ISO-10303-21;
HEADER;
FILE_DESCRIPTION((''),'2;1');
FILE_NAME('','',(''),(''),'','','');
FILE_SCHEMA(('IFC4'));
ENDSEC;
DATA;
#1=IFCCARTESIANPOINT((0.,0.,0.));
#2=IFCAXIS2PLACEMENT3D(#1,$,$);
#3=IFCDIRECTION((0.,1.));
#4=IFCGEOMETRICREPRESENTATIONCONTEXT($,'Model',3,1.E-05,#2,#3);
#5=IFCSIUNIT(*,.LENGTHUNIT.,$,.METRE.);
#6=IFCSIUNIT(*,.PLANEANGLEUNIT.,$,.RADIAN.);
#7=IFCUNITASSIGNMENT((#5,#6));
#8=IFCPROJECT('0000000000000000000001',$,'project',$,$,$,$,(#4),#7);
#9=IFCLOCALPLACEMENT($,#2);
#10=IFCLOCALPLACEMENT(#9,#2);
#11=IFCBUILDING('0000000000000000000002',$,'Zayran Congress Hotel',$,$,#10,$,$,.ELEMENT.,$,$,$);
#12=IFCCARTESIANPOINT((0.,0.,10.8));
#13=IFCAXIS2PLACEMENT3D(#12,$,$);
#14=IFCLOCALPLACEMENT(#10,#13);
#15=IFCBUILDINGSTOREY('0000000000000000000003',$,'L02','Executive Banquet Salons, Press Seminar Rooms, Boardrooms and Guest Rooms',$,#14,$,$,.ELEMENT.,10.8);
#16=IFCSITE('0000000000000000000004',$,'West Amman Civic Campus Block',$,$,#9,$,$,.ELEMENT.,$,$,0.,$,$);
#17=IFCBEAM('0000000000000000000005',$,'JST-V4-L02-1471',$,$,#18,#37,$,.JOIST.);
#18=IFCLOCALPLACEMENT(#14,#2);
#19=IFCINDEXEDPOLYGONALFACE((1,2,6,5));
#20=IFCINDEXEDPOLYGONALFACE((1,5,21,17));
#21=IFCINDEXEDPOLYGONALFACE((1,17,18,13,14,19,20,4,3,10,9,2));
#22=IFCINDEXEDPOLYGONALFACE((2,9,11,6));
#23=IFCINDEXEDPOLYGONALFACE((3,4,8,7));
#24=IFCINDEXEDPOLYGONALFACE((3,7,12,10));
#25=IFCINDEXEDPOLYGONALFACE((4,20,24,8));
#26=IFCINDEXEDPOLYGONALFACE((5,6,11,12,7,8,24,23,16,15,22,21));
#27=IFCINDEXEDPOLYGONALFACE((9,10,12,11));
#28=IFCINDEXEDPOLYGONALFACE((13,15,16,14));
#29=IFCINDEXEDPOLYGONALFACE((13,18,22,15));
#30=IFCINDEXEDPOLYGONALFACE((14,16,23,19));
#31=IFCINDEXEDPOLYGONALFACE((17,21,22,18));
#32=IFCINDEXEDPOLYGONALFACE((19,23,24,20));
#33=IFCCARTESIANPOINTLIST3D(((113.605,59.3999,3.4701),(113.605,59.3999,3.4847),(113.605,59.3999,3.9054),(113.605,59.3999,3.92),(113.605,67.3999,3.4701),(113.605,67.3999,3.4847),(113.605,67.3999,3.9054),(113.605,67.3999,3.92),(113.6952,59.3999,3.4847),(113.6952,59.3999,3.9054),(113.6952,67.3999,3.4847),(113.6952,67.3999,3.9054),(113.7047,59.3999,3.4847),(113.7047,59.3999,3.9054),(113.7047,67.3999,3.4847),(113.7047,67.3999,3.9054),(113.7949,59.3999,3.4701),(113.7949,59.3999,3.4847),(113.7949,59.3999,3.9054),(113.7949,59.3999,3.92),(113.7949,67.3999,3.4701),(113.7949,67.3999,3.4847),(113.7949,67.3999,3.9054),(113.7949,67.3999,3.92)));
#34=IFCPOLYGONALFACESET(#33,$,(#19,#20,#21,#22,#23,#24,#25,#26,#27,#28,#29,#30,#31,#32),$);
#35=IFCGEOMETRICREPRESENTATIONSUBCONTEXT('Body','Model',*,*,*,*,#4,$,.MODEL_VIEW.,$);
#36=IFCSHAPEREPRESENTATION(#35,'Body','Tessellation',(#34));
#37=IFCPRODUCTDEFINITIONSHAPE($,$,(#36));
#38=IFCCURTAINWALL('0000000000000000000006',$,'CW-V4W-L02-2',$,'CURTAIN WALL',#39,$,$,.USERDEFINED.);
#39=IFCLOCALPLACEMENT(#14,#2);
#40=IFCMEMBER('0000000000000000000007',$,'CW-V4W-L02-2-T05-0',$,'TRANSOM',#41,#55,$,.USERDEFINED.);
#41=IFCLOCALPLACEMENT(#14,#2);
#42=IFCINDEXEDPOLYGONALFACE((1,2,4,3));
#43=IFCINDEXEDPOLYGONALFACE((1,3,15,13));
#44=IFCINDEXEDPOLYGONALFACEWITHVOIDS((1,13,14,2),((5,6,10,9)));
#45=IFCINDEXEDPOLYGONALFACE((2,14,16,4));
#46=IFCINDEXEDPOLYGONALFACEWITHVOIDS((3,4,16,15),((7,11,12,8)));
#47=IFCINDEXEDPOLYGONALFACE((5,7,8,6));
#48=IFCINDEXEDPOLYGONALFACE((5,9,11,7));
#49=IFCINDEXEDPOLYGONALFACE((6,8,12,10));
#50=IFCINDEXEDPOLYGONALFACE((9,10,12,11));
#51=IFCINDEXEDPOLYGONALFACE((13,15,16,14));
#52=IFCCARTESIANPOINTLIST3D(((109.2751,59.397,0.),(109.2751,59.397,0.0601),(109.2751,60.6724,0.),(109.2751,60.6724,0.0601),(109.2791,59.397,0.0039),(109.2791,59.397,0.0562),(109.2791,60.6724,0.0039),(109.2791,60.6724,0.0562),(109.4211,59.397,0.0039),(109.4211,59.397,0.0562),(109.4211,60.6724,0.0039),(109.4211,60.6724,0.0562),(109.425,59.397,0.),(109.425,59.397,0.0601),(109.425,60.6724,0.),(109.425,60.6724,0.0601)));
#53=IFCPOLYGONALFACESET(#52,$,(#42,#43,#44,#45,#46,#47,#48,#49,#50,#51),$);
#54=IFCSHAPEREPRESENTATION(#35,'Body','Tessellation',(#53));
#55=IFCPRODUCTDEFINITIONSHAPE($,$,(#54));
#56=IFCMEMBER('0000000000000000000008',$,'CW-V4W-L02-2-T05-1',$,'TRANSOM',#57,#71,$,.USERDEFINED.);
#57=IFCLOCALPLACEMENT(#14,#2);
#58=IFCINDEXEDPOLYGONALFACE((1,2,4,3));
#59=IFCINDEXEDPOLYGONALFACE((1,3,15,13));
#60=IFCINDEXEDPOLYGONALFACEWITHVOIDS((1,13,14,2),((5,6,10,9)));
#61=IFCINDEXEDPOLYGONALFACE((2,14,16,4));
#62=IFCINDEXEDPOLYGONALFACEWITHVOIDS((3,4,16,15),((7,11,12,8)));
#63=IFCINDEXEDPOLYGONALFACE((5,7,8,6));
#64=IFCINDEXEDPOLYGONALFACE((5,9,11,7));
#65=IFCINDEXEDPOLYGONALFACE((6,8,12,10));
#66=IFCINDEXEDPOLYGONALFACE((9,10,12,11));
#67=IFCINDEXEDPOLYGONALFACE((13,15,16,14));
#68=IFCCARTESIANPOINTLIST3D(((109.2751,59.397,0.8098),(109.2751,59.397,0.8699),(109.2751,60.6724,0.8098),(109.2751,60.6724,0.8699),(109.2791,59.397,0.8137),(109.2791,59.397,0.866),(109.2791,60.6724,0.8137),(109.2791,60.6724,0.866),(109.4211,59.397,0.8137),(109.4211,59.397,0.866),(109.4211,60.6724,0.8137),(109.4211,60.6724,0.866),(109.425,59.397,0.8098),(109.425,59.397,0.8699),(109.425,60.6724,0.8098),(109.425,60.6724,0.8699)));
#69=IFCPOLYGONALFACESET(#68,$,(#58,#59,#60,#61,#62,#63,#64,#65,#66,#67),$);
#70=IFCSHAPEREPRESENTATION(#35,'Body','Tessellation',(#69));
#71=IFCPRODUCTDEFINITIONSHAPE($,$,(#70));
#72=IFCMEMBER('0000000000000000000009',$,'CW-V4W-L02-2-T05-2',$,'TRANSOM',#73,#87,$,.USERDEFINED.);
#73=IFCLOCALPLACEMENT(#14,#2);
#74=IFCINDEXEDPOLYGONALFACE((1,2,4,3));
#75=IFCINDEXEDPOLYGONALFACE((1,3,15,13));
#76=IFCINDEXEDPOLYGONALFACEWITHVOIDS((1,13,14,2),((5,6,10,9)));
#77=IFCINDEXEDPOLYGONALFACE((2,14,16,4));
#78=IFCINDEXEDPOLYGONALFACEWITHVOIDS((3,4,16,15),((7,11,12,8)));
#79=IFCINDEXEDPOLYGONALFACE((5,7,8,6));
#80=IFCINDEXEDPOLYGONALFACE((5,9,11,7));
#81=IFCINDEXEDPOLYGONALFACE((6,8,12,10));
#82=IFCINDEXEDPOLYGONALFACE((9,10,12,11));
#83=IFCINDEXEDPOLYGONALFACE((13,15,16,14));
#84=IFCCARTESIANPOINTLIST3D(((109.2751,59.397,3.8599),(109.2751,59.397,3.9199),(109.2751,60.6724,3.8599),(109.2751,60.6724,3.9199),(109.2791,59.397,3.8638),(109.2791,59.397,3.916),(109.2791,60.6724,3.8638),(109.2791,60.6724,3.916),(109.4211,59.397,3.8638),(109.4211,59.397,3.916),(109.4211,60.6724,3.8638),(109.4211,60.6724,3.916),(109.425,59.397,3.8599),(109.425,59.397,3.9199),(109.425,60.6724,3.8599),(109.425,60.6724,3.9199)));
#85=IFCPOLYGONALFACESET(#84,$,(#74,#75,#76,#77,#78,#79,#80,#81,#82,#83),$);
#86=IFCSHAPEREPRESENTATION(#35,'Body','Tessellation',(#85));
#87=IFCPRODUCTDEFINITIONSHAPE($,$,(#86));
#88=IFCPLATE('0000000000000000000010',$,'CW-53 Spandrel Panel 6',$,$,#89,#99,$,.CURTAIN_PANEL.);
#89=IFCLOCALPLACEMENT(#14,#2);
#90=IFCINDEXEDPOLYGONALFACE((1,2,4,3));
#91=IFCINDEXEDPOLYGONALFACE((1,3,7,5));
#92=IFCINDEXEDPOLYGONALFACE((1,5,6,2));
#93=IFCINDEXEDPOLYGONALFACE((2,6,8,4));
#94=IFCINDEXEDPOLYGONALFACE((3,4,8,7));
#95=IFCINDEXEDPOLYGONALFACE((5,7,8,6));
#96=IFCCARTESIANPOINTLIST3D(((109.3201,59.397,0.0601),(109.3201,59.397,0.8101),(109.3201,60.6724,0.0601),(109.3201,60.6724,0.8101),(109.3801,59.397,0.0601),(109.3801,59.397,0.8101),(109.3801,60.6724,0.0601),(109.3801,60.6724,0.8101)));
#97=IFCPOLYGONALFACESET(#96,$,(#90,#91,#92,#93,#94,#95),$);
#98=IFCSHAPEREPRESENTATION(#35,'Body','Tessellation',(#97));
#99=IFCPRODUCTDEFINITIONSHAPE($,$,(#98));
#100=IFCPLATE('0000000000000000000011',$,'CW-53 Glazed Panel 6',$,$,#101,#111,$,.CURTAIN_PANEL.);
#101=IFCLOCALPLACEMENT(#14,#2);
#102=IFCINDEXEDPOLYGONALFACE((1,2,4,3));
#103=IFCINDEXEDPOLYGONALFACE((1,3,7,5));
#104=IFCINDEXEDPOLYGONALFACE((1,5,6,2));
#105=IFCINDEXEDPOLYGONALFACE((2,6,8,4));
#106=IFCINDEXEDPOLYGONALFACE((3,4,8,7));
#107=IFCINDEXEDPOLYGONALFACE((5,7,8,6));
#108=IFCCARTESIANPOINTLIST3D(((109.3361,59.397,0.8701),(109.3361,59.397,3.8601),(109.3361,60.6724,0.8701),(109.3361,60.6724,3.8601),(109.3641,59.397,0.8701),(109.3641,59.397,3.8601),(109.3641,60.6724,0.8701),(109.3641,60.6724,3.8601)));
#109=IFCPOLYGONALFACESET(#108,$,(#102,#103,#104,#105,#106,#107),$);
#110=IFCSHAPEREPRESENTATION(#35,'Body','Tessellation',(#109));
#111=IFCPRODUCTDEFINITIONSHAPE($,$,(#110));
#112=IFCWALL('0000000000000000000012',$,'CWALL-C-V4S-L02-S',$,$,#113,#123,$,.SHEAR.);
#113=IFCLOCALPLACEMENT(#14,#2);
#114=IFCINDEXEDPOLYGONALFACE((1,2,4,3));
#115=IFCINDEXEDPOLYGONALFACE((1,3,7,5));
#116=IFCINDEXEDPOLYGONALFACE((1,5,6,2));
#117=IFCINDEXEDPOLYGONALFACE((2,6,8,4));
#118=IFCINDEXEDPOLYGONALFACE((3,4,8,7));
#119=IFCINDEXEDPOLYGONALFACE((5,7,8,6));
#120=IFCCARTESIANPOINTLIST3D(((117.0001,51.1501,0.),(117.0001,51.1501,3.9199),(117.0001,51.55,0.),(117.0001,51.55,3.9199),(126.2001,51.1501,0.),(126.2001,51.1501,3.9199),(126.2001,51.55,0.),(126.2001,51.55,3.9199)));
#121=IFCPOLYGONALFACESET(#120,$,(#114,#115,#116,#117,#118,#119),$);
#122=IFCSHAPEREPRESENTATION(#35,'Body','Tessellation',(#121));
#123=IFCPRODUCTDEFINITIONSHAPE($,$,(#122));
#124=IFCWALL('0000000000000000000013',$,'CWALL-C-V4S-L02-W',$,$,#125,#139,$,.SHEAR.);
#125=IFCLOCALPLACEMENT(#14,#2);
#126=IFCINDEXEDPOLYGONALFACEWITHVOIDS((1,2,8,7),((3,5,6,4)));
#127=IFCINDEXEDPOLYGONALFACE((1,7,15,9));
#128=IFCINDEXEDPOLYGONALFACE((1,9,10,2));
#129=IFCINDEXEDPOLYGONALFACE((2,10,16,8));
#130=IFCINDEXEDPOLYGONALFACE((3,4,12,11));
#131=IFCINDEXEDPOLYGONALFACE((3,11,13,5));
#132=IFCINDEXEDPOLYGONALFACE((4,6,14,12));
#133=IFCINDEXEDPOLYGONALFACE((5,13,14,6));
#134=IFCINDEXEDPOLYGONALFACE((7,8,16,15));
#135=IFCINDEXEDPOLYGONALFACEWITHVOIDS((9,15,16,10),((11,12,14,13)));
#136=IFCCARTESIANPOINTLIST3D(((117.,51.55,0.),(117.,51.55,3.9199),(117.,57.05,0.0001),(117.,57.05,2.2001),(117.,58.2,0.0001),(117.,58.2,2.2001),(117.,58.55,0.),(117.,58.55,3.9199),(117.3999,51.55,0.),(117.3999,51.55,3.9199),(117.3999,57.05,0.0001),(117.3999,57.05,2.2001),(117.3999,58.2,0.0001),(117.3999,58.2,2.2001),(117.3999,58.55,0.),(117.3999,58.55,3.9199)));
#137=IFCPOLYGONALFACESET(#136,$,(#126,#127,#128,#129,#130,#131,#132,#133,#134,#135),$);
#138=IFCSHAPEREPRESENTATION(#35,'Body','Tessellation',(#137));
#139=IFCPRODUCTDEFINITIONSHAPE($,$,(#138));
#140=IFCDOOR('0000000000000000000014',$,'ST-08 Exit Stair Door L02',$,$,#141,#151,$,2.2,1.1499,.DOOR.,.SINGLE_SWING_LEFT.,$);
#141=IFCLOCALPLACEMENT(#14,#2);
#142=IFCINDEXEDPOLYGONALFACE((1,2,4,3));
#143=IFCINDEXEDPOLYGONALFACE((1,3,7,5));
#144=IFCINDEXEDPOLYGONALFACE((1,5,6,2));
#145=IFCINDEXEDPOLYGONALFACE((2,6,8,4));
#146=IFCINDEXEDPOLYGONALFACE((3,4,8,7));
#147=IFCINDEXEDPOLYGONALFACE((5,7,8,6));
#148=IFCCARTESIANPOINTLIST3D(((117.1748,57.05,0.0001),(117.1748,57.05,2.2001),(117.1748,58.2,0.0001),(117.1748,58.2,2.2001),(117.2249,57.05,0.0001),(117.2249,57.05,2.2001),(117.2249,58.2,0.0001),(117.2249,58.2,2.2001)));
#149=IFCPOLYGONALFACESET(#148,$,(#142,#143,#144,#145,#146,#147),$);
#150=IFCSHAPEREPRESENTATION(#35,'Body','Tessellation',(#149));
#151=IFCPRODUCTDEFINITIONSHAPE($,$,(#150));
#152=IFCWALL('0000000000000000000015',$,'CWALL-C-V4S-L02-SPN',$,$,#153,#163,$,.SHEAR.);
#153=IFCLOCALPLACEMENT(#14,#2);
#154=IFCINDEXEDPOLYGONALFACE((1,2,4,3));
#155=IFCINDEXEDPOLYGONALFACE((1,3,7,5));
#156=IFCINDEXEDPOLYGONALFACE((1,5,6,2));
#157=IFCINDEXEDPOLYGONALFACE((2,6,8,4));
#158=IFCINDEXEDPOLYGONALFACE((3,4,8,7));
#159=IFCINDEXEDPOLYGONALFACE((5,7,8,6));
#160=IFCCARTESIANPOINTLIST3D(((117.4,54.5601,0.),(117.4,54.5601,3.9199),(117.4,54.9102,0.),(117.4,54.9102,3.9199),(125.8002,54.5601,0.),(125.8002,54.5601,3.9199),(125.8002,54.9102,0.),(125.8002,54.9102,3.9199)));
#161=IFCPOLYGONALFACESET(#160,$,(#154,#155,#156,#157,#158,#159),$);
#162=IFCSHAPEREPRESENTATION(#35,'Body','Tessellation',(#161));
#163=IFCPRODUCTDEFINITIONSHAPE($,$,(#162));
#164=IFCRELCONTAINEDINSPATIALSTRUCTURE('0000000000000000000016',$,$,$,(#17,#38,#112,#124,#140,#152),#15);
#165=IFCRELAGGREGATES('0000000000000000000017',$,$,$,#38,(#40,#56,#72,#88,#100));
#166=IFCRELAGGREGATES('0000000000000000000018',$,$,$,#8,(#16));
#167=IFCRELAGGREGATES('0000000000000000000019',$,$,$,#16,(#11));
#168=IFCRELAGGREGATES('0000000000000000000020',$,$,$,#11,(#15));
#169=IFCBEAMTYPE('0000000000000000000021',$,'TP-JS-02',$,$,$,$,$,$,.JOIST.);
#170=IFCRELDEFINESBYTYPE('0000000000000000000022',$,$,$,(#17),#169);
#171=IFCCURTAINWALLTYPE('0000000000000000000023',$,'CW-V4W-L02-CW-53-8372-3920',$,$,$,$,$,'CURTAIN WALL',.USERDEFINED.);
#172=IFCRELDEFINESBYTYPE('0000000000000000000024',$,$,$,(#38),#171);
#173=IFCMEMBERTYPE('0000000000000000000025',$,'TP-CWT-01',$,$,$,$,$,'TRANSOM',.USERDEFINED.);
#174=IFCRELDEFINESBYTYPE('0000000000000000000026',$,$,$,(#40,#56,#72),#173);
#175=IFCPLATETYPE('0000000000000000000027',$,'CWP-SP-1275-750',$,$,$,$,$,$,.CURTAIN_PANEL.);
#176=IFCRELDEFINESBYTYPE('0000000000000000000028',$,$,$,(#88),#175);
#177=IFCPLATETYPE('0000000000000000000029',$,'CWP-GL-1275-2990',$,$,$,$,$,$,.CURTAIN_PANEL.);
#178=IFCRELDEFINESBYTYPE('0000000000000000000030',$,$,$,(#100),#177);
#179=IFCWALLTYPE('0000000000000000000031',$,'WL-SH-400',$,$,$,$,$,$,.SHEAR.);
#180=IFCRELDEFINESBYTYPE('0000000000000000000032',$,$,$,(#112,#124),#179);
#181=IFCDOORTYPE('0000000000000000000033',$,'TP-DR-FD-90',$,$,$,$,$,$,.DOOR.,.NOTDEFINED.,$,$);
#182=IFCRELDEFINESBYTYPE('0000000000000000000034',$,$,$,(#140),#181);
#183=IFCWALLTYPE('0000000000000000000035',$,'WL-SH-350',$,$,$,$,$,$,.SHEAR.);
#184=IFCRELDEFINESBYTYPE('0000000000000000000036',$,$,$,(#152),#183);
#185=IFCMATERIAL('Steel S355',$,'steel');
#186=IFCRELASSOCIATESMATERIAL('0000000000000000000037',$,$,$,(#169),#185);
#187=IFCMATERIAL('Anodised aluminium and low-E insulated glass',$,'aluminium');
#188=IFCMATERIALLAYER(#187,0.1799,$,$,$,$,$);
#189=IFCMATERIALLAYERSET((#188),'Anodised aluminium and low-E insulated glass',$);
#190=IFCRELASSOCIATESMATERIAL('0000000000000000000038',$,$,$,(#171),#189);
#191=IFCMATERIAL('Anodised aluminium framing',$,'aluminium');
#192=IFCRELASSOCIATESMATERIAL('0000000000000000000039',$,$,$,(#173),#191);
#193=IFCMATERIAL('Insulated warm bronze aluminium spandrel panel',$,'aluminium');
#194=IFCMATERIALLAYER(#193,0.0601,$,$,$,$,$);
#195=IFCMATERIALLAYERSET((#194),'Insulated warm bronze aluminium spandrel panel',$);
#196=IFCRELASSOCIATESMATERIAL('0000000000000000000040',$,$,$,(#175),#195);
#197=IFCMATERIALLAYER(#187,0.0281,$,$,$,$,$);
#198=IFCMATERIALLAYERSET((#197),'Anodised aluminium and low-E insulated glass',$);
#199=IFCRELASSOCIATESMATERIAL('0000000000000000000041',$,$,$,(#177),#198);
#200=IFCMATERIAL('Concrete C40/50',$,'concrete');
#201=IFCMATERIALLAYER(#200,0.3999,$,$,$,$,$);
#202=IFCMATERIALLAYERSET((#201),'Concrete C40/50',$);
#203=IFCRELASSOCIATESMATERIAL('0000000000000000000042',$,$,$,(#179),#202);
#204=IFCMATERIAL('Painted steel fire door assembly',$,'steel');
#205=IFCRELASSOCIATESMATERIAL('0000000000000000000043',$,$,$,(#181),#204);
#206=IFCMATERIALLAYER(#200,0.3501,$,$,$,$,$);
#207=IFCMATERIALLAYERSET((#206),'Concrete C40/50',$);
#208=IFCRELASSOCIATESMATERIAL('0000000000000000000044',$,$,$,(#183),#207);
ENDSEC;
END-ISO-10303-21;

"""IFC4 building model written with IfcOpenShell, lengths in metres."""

from ifc_helpers import new_model, si_unit, direction, frame, frame_2d, origin, origin_2d, place, context, subcontext, project, spatial, rectangle, hollow_rectangle, i_section, extrude, material, layer, layer_set, material_profile, profile_set, type_object, element, fill, aggregate, save


model = new_model("IFC4")

# Units and contexts
model_context = context("Model", 3, precision=1e-05, world=origin(), true_north=direction((0.0, 1.0)))
body_context = subcontext(model_context, "Body", "Model", "MODEL_VIEW")
ifc_project = project(units=[si_unit("LENGTHUNIT", "METRE"), si_unit("PLANEANGLEUNIT", "RADIAN")], contexts=[model_context])

# Site, building, storey
site_placement = place(None, origin())
site = spatial("IfcSite", under=ifc_project, at=site_placement, Name="West Amman Civic Campus Block", CompositionType="ELEMENT", RefElevation=0.0)
building_placement = place(site_placement, origin())
building = spatial("IfcBuilding", under=site, at=building_placement, Name="Zayran Congress Hotel", CompositionType="ELEMENT")
storey_placement = place(building_placement, frame((0.0, 0.0, 10.8)))
storey = spatial("IfcBuildingStorey", under=building, at=storey_placement, Name="L02", Description="Executive Banquet Salons, Press Seminar Rooms, Boardrooms and Guest Rooms", CompositionType="ELEMENT", Elevation=10.8)

# Shared definitions
ifc_material_1 = material(Name="Concrete C40/50", Category="concrete")

# Beam
ifc_material_2 = material(Name="Steel S355", Category="steel")
ifc_material_profile_1 = material_profile(ifc_material_2, i_section(OverallWidth=0.1899, OverallDepth=0.45, WebThickness=0.0095, FlangeThickness=0.0146, at=origin_2d()), Name="IPE 450")
ifc_profile_set_1 = profile_set([ifc_material_profile_1], Name="Steel S355")
beam_type_1 = type_object("IfcBeamType", Name="TP-JS-02", PredefinedType="JOIST", material=ifc_profile_set_1)
for number, where, z_axis, x_axis, name in (
    (1, (113.7, 59.3999, 3.6951), (0.0, 1.0, 0.0), (-1.0, 0.0, 0.0), "JST-V4-L02-1471"),
):
    element("IfcBeam", number, at=place(storey_placement, frame(where, z_axis=z_axis, x_axis=x_axis)), inside=storey, type_object=beam_type_1, Name=name, PredefinedType="JOIST", context=body_context, shape_type="SweptSolid", body=[
        extrude(i_section(OverallWidth=0.1899, OverallDepth=0.45, WebThickness=0.0095, FlangeThickness=0.0146, at=origin_2d()), origin(), (0.0, 0.0, 1.0), 8.0),
    ])

# Curtain wall, members, plates
ifc_material_3 = material(Name="Anodised aluminium and low-E insulated glass", Category="aluminium")
ifc_layer_1 = layer(ifc_material_3, 0.1799)
ifc_layer_set_1 = layer_set([ifc_layer_1], Name="Anodised aluminium and low-E insulated glass")
curtain_wall_type = type_object("IfcCurtainWallType", Name="CW-V4W-L02-CW-53-8372-3920", ElementType="CURTAIN WALL", PredefinedType="USERDEFINED", material=ifc_layer_set_1)
curtain_wall_placement = place(storey_placement, origin())
curtain_wall = element("IfcCurtainWall", 2, at=curtain_wall_placement, inside=storey, type_object=curtain_wall_type, Name="CW-V4W-L02-2", ObjectType="CURTAIN WALL", PredefinedType="USERDEFINED")
ifc_material_4 = material(Name="Anodised aluminium framing", Category="aluminium")
ifc_material_profile_2 = material_profile(ifc_material_4, hollow_rectangle(XDim=0.0601, YDim=0.1499, WallThickness=0.0039, at=origin_2d()), Name="RHS 150x60x4")
ifc_profile_set_2 = profile_set([ifc_material_profile_2], Name="Anodised aluminium framing")
member_type = type_object("IfcMemberType", Name="TP-CWT-01", ElementType="TRANSOM", PredefinedType="USERDEFINED", material=ifc_profile_set_2)
member_1_placement = place(storey_placement, frame((109.3501, 60.6724, 0.03), z_axis=(0.0, -1.0, 0.0), x_axis=(0.0, 0.0, 1.0)))
member_1 = element("IfcMember", 3, at=member_1_placement, type_object=member_type, Name="CW-V4W-L02-2-T05-0", ObjectType="TRANSOM", PredefinedType="USERDEFINED", context=body_context, shape_type="SweptSolid", body=[
    extrude(hollow_rectangle(XDim=0.0601, YDim=0.1499, WallThickness=0.0039, at=origin_2d()), origin(), (0.0, 0.0, 1.0), 1.2754),
])
member_2_placement = place(storey_placement, frame((109.3501, 60.6724, 0.8398), z_axis=(0.0, -1.0, 0.0), x_axis=(0.0, 0.0, 1.0)))
member_2 = element("IfcMember", 4, at=member_2_placement, type_object=member_type, Name="CW-V4W-L02-2-T05-1", ObjectType="TRANSOM", PredefinedType="USERDEFINED", context=body_context, shape_type="SweptSolid", body=[
    extrude(hollow_rectangle(XDim=0.0601, YDim=0.1499, WallThickness=0.0039, at=origin_2d()), origin(), (0.0, 0.0, 1.0), 1.2754),
])
member_3_placement = place(storey_placement, frame((109.3501, 60.6724, 3.8899), z_axis=(0.0, -1.0, 0.0), x_axis=(0.0, 0.0, 1.0)))
member_3 = element("IfcMember", 5, at=member_3_placement, type_object=member_type, Name="CW-V4W-L02-2-T05-2", ObjectType="TRANSOM", PredefinedType="USERDEFINED", context=body_context, shape_type="SweptSolid", body=[
    extrude(hollow_rectangle(XDim=0.0601, YDim=0.1499, WallThickness=0.0039, at=origin_2d()), origin(), (0.0, 0.0, 1.0), 1.2754),
])
ifc_material_5 = material(Name="Insulated warm bronze aluminium spandrel panel", Category="aluminium")
ifc_layer_2 = layer(ifc_material_5, 0.0601)
ifc_layer_set_2 = layer_set([ifc_layer_2], Name="Insulated warm bronze aluminium spandrel panel")
plate_type_1 = type_object("IfcPlateType", Name="CWP-SP-1275-750", PredefinedType="CURTAIN_PANEL", material=ifc_layer_set_2)
plate_1_placement = place(storey_placement, frame((109.3501, 60.0347, 0.0601), z_axis=(0.0, 0.0, 1.0), x_axis=(0.0, 1.0, 0.0)))
plate_1 = element("IfcPlate", 6, at=plate_1_placement, type_object=plate_type_1, Name="CW-53 Spandrel Panel 6", PredefinedType="CURTAIN_PANEL", context=body_context, shape_type="SweptSolid", body=[
    extrude(rectangle(XDim=1.2754, YDim=0.0601, at=origin_2d()), origin(), (0.0, 0.0, 1.0), 0.75),
])
ifc_layer_3 = layer(ifc_material_3, 0.0281)
ifc_layer_set_3 = layer_set([ifc_layer_3], Name="Anodised aluminium and low-E insulated glass")
plate_type_2 = type_object("IfcPlateType", Name="CWP-GL-1275-2990", PredefinedType="CURTAIN_PANEL", material=ifc_layer_set_3)
plate_2_placement = place(storey_placement, frame((109.3501, 60.0347, 0.8701), z_axis=(0.0, 0.0, 1.0), x_axis=(0.0, 1.0, 0.0)))
plate_2 = element("IfcPlate", 7, at=plate_2_placement, type_object=plate_type_2, Name="CW-53 Glazed Panel 6", PredefinedType="CURTAIN_PANEL", context=body_context, shape_type="SweptSolid", body=[
    extrude(rectangle(XDim=1.2754, YDim=0.0281, at=origin_2d()), origin(), (0.0, 0.0, 1.0), 2.99),
])
aggregate(curtain_wall, [member_1, member_2, member_3, plate_1, plate_2])

# Wall
ifc_layer_4 = layer(ifc_material_1, 0.3999)
ifc_layer_set_4 = layer_set([ifc_layer_4], Name="Concrete C40/50")
wall_type_1 = type_object("IfcWallType", Name="WL-SH-400", PredefinedType="SHEAR", material=ifc_layer_set_4)
wall_1_placement = place(storey_placement, frame((117.0, 51.3501, 0.0), z_axis=(0.0, 0.0, 1.0), x_axis=(1.0, 0.0, 0.0)))
element("IfcWall", 8, at=wall_1_placement, inside=storey, type_object=wall_type_1, Name="CWALL-C-V4S-L02-S", PredefinedType="SHEAR", context=body_context, shape_type="SweptSolid", body=[
    extrude(rectangle(XDim=9.2, YDim=0.3999, at=frame_2d((4.6001, 0.0))), origin(), (0.0, 0.0, 1.0), 3.9199),
])

# Wall, opening, door
wall_2_placement = place(storey_placement, frame((117.2, 58.55, 0.0), z_axis=(0.0, 0.0, 1.0), x_axis=(0.0, -1.0, 0.0)))
wall_2 = element("IfcWall", 9, at=wall_2_placement, inside=storey, type_object=wall_type_1, Name="CWALL-C-V4S-L02-W", PredefinedType="SHEAR", context=body_context, shape_type="SweptSolid", body=[
    extrude(rectangle(XDim=7.0, YDim=0.3999, at=frame_2d((3.5, 0.0))), origin(), (0.0, 0.0, 1.0), 3.9199),
])
opening_1_placement = place(wall_2_placement, frame((0.3501, 0.0, 0.0)))
opening_1 = element("IfcOpeningElement", 10, at=opening_1_placement, cuts=wall_2, PredefinedType="OPENING", context=body_context, shape_type="SweptSolid", body=[
    extrude(rectangle(XDim=1.1499, YDim=2.2, at=frame_2d((0.575, 1.1001))), frame((0.0, 0.21, 0.0), z_axis=(0.0, -1.0, 0.0), x_axis=(1.0, 0.0, 0.0)), (0.0, 0.0, 1.0), 0.4199),
])
ifc_material_6 = material(Name="Painted steel fire door assembly", Category="steel")
door_type_1 = type_object("IfcDoorType", Name="TP-DR-FD-90", OperationType="NOTDEFINED", PredefinedType="DOOR", material=ifc_material_6)
door_1_placement = place(opening_1_placement, origin())
door_1 = element("IfcDoor", 11, at=door_1_placement, inside=storey, type_object=door_type_1, Name="ST-08 Exit Stair Door L02", OperationType="SINGLE_SWING_LEFT", OverallHeight=2.2, OverallWidth=1.1499, PredefinedType="DOOR", context=body_context, shape_type="SweptSolid", body=[
    extrude(rectangle(XDim=1.1499, YDim=2.2, at=frame_2d((0.575, 1.1001))), frame((0.0, 0.0249, 0.0), z_axis=(0.0, -1.0, 0.0), x_axis=(1.0, 0.0, 0.0)), (0.0, 0.0, 1.0), 0.05),
])
fill(opening_1, door_1)

# Wall
ifc_layer_5 = layer(ifc_material_1, 0.3501)
ifc_layer_set_5 = layer_set([ifc_layer_5], Name="Concrete C40/50")
wall_type_2 = type_object("IfcWallType", Name="WL-SH-350", PredefinedType="SHEAR", material=ifc_layer_set_5)
wall_3_placement = place(storey_placement, frame((117.3999, 54.7351, 0.0), z_axis=(0.0, 0.0, 1.0), x_axis=(1.0, 0.0, 0.0)))
element("IfcWall", 12, at=wall_3_placement, inside=storey, type_object=wall_type_2, Name="CWALL-C-V4S-L02-SPN", PredefinedType="SHEAR", context=body_context, shape_type="SweptSolid", body=[
    extrude(rectangle(XDim=8.4001, YDim=0.3501, at=frame_2d((4.2002, 0.0))), origin(), (0.0, 0.0, 1.0), 3.9199),
])

save(model, "model.ifc")
